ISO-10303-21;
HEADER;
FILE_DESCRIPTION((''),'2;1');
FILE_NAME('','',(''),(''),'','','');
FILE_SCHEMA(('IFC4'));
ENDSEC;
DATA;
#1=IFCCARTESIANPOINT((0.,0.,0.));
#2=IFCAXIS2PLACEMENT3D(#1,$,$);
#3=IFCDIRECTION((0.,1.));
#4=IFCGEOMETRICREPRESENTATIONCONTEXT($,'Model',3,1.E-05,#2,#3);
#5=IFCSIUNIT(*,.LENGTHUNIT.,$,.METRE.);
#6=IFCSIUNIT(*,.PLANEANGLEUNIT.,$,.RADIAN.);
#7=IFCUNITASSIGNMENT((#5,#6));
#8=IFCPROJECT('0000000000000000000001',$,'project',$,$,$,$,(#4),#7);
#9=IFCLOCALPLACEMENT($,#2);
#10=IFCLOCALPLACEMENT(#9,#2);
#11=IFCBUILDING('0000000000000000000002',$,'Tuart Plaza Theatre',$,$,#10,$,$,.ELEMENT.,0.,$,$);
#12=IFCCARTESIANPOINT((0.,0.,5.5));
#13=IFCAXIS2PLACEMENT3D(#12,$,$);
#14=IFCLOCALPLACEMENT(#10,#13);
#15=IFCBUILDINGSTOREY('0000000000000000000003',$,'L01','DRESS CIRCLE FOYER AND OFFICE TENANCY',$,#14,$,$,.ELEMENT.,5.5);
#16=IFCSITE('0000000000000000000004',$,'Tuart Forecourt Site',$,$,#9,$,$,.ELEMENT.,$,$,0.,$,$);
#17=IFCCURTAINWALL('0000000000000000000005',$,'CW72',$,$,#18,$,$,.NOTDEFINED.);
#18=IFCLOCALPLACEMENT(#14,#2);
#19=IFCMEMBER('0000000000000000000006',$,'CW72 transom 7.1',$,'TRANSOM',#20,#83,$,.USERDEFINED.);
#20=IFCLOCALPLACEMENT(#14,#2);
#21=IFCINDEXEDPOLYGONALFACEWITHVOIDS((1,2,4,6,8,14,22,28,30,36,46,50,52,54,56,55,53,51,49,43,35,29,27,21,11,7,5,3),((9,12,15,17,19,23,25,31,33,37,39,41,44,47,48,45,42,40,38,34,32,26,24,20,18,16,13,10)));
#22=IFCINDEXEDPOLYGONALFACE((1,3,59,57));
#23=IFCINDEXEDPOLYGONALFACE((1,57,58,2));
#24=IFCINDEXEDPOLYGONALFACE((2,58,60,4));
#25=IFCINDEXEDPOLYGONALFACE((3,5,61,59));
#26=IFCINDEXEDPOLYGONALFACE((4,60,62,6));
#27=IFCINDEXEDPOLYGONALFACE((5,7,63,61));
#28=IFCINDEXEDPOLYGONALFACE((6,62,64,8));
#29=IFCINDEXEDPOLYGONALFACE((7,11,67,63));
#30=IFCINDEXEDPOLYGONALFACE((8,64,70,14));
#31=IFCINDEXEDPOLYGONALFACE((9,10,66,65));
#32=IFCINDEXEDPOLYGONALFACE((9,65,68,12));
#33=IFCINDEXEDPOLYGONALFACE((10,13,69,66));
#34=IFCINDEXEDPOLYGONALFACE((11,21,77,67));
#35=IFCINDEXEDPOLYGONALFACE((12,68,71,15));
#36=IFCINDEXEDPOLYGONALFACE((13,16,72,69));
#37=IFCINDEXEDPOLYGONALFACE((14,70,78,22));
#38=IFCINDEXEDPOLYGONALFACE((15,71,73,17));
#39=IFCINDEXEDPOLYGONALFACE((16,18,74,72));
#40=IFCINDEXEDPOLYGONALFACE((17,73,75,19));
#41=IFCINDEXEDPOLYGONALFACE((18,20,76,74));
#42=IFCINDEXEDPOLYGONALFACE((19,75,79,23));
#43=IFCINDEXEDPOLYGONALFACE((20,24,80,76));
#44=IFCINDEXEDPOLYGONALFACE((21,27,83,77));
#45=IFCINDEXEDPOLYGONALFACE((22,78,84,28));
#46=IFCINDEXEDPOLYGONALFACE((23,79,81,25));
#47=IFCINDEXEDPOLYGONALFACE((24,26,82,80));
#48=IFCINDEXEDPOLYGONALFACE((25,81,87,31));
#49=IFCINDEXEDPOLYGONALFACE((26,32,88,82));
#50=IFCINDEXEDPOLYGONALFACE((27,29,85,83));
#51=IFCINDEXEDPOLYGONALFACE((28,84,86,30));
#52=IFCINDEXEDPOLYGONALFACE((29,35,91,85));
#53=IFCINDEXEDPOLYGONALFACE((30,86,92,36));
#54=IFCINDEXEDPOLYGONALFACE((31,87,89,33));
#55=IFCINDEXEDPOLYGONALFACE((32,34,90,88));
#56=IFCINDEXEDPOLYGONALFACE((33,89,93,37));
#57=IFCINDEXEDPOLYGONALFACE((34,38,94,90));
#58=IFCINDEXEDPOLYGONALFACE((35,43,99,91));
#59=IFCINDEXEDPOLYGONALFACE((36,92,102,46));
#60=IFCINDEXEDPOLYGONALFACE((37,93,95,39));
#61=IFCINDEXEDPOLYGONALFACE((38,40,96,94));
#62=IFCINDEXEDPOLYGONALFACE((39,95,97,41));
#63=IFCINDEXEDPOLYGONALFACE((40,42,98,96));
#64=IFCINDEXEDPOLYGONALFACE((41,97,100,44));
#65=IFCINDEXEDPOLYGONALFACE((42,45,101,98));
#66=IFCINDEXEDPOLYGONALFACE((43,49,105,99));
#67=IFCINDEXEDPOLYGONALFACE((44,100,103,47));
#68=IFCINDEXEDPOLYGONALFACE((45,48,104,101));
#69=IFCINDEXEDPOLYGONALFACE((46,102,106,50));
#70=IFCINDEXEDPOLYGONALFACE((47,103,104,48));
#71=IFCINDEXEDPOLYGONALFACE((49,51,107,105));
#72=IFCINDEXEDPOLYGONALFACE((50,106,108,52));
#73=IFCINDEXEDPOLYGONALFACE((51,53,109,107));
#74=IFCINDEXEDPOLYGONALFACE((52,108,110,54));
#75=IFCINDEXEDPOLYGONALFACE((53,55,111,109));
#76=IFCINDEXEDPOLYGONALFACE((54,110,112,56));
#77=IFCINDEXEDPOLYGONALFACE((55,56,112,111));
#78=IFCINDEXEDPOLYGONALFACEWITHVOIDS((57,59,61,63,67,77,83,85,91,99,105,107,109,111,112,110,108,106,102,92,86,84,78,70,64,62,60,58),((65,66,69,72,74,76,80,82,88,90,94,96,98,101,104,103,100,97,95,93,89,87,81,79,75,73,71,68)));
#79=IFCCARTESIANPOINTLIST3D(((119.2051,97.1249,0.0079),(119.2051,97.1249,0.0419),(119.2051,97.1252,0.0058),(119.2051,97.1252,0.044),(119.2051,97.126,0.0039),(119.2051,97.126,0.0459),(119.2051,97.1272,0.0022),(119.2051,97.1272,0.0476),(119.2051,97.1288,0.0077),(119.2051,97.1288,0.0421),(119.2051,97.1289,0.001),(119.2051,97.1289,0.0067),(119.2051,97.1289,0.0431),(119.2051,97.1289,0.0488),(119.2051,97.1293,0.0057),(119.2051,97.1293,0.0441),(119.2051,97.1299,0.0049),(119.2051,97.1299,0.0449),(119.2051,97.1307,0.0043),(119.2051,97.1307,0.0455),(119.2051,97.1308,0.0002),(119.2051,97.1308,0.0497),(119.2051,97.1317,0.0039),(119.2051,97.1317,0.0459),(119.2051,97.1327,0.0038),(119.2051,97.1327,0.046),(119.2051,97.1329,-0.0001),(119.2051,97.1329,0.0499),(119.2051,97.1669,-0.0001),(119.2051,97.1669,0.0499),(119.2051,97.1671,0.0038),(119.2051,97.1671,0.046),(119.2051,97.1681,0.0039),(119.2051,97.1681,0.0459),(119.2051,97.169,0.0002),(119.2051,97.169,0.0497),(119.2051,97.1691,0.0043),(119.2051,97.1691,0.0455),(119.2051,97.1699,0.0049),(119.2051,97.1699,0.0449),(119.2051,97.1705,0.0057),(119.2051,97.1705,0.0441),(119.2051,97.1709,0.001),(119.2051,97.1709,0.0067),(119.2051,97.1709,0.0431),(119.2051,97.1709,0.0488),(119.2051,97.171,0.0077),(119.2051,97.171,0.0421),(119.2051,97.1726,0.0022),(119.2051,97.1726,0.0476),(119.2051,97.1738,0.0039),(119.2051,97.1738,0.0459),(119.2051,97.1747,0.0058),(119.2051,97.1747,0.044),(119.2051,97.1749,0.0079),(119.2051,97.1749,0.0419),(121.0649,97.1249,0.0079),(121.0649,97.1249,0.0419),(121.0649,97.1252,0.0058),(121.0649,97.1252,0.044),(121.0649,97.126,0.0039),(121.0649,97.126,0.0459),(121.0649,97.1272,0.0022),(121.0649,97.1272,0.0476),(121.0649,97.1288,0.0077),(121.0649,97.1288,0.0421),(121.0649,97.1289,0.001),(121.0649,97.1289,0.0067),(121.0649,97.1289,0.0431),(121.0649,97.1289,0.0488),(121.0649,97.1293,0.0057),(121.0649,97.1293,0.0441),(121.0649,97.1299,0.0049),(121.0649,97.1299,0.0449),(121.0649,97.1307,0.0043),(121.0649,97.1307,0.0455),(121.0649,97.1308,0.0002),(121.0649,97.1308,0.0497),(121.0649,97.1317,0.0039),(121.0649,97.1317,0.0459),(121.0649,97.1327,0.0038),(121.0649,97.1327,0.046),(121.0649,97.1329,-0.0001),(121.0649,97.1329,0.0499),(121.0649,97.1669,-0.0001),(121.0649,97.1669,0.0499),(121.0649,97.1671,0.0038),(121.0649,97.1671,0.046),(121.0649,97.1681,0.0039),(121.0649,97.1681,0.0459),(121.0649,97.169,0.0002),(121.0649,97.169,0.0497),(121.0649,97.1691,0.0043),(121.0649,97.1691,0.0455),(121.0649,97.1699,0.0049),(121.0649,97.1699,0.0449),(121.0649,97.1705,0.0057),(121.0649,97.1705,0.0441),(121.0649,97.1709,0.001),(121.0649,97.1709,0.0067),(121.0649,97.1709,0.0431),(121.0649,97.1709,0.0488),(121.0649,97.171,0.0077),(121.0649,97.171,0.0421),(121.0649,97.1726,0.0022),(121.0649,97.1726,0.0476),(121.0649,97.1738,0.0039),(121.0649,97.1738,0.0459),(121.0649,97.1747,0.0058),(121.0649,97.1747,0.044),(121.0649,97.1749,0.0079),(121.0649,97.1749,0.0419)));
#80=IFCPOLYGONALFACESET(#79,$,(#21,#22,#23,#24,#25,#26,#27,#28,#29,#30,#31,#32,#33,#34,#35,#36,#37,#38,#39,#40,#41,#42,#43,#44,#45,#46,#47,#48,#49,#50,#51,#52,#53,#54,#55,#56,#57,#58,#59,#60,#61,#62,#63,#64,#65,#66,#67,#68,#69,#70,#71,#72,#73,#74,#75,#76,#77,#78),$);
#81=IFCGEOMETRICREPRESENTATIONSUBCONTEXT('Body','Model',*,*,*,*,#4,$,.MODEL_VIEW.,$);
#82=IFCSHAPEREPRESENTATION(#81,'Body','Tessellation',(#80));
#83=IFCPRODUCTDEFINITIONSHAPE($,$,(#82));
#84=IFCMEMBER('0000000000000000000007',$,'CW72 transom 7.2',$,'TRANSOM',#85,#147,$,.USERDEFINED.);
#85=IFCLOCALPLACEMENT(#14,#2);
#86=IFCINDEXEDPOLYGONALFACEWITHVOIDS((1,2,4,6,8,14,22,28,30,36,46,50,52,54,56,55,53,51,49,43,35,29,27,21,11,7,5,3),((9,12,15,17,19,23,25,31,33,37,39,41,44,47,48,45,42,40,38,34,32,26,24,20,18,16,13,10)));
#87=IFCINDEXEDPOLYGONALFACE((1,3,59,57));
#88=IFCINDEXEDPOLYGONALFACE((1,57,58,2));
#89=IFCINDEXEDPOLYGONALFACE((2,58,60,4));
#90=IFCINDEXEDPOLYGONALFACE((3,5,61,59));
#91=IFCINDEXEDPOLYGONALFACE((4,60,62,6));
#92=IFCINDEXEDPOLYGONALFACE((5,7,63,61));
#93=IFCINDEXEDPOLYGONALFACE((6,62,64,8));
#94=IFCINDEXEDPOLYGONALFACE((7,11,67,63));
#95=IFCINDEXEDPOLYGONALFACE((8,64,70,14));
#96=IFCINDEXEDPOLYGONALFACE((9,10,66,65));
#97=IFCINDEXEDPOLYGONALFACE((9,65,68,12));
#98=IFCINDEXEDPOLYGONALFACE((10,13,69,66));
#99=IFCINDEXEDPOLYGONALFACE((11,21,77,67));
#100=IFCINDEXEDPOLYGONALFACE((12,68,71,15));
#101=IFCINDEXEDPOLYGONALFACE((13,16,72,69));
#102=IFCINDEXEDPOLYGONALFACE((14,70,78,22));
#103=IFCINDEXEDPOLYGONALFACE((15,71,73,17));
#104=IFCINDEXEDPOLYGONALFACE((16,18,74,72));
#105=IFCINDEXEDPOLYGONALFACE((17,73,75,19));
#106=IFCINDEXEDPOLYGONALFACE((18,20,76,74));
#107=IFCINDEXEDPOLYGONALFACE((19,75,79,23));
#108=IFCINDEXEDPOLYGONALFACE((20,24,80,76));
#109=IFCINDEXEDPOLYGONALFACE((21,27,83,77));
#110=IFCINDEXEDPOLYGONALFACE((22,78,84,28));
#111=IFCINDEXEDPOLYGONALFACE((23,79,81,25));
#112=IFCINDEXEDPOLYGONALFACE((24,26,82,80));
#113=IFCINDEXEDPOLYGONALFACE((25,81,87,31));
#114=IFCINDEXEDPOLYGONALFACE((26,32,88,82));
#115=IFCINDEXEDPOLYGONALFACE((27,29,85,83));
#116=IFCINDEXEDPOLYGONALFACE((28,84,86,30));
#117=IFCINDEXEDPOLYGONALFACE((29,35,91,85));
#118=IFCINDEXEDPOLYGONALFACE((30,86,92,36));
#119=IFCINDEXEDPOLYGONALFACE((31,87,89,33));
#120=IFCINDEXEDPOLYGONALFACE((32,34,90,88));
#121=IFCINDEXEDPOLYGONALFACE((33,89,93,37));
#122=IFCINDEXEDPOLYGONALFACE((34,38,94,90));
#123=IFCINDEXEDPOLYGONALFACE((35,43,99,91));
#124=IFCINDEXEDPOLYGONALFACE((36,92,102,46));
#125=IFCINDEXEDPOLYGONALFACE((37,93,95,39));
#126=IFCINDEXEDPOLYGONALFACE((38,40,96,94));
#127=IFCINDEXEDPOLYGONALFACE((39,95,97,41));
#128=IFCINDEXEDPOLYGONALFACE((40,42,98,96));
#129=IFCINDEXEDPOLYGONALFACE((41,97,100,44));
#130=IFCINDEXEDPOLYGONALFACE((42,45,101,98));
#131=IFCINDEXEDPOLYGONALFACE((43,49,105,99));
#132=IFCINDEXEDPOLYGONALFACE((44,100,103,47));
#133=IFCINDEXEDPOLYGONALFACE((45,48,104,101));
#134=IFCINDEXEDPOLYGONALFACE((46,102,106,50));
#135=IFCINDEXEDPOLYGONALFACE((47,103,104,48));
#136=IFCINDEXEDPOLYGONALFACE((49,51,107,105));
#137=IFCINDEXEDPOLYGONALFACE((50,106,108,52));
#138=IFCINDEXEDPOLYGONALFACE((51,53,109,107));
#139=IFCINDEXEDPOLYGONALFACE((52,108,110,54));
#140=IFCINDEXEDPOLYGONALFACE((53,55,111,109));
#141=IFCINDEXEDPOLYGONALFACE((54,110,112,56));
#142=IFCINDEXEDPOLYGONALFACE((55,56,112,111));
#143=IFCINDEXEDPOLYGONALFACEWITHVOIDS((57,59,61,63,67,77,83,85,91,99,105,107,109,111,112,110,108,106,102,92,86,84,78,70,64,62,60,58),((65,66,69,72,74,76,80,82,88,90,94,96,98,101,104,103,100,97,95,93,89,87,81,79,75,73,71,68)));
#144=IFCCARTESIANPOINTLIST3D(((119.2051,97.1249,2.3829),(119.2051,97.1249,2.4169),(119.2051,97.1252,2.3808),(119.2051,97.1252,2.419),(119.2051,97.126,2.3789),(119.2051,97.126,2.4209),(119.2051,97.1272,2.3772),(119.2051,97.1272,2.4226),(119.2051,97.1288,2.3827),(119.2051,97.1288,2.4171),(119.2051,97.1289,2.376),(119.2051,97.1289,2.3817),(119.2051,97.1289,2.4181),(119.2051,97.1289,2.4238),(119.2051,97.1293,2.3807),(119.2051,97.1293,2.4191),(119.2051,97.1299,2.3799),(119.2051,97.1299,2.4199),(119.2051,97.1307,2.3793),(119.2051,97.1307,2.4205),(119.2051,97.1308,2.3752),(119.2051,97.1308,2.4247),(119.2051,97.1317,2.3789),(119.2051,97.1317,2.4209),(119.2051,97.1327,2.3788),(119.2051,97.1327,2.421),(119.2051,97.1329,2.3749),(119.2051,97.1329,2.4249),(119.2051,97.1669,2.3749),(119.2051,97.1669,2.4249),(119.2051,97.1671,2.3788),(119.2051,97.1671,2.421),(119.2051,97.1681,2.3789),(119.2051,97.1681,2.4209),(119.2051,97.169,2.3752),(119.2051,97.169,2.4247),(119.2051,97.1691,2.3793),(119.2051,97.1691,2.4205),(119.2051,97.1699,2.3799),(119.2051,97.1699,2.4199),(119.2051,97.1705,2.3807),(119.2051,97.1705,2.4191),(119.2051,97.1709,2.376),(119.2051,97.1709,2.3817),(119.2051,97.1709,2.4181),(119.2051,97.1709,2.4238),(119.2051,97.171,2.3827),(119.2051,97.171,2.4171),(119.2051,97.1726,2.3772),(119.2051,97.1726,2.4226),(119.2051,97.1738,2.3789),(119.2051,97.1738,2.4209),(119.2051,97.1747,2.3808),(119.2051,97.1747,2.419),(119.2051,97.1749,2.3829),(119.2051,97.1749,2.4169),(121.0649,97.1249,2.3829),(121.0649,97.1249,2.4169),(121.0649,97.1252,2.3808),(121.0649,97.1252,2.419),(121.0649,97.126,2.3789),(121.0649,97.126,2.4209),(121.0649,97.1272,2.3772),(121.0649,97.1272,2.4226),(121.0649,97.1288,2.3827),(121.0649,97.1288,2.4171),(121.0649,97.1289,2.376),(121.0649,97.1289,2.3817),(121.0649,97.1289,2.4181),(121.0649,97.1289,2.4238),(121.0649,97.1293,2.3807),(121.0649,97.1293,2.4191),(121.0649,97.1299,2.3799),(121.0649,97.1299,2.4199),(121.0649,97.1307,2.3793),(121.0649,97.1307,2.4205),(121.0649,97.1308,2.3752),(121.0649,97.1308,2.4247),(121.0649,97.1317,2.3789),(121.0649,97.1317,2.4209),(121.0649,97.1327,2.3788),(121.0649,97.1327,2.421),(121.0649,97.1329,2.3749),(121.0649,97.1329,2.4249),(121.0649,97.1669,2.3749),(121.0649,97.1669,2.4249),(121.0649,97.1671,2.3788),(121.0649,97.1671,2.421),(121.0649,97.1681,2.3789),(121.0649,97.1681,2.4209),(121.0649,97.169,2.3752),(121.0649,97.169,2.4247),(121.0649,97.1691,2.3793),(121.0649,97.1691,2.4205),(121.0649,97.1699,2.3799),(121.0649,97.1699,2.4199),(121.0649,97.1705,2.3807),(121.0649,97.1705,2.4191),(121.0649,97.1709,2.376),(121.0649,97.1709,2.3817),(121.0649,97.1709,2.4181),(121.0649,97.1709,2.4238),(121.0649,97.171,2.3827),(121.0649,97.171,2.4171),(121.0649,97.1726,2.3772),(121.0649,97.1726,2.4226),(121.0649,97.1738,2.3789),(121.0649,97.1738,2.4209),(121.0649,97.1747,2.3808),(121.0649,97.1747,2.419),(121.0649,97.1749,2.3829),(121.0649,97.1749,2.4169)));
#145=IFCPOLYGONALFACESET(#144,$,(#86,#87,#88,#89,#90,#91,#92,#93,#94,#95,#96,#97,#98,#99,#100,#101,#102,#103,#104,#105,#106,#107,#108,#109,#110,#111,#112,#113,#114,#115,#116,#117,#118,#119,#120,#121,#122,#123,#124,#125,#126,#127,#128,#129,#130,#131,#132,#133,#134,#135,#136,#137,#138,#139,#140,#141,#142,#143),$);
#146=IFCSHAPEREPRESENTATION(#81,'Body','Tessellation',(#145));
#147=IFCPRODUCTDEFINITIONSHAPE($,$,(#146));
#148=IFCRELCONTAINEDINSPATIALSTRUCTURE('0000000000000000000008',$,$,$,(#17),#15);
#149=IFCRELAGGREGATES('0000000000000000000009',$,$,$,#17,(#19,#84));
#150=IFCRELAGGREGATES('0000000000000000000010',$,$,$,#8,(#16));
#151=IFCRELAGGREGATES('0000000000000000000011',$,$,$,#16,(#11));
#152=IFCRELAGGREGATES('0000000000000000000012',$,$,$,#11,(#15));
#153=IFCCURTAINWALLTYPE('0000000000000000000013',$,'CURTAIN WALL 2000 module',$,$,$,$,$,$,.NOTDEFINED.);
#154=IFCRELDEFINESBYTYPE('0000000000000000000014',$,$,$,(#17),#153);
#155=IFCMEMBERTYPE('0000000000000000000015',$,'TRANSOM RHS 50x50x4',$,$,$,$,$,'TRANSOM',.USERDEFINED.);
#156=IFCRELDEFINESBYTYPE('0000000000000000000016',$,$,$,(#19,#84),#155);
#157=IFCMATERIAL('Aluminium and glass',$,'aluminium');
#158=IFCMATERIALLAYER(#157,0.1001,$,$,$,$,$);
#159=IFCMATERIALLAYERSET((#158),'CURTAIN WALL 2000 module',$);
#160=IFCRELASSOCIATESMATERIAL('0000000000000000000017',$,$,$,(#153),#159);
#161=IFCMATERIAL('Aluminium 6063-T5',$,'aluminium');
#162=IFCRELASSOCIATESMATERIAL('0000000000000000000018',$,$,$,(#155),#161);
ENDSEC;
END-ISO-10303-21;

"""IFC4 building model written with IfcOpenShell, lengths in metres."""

from ifc_helpers import new_model, si_unit, direction, frame, origin, origin_2d, place, context, subcontext, project, spatial, hollow_rectangle, extrude, material, layer, layer_set, material_profile, profile_set, type_object, element, aggregate, save


model = new_model("IFC4")

# Units and contexts
model_context = context("Model", 3, precision=1e-05, world=origin(), true_north=direction((0.0, 1.0)))
body_context = subcontext(model_context, "Body", "Model", "MODEL_VIEW")
ifc_project = project(units=[si_unit("LENGTHUNIT", "METRE"), si_unit("PLANEANGLEUNIT", "RADIAN")], contexts=[model_context])

# Site, building, storey
site_placement = place(None, origin())
site = spatial("IfcSite", under=ifc_project, at=site_placement, Name="Tuart Forecourt Site", CompositionType="ELEMENT", RefElevation=0.0)
building_placement = place(site_placement, origin())
building = spatial("IfcBuilding", under=site, at=building_placement, Name="Tuart Plaza Theatre", CompositionType="ELEMENT", ElevationOfRefHeight=0.0)
storey_placement = place(building_placement, frame((0.0, 0.0, 5.5)))
storey = spatial("IfcBuildingStorey", under=building, at=storey_placement, Name="L01", Description="DRESS CIRCLE FOYER AND OFFICE TENANCY", CompositionType="ELEMENT", Elevation=5.5)

# Curtain wall, members
ifc_material_1 = material(Name="Aluminium and glass", Category="aluminium")
ifc_layer_1 = layer(ifc_material_1, 0.1001)
ifc_layer_set_1 = layer_set([ifc_layer_1], Name="CURTAIN WALL 2000 module")
curtain_wall_type = type_object("IfcCurtainWallType", Name="CURTAIN WALL 2000 module", PredefinedType="NOTDEFINED", material=ifc_layer_set_1)
curtain_wall_placement = place(storey_placement, origin())
curtain_wall = element("IfcCurtainWall", 1, at=curtain_wall_placement, inside=storey, type_object=curtain_wall_type, Name="CW72", PredefinedType="NOTDEFINED")
ifc_material_2 = material(Name="Aluminium 6063-T5", Category="aluminium")
ifc_material_profile_1 = material_profile(ifc_material_2, hollow_rectangle(XDim=0.05, YDim=0.05, WallThickness=0.0039, InnerFilletRadius=0.0039, OuterFilletRadius=0.0081, at=origin_2d()), Name="RHS 50x50x4")
ifc_profile_set_1 = profile_set([ifc_material_profile_1], Name="Aluminium 6063-T5")
member_type_1 = type_object("IfcMemberType", Name="TRANSOM RHS 50x50x4", ElementType="TRANSOM", PredefinedType="USERDEFINED", material=ifc_profile_set_1)
member_1_placement = place(storey_placement, frame((121.0649, 97.1499, 0.0249), z_axis=(-1.0, 0.0, 0.0), x_axis=(0.0, -1.0, 0.0)))
member_1 = element("IfcMember", 2, at=member_1_placement, type_object=member_type_1, Name="CW72 transom 7.1", ObjectType="TRANSOM", PredefinedType="USERDEFINED", context=body_context, shape_type="SweptSolid", body=[
    extrude(hollow_rectangle(XDim=0.05, YDim=0.05, WallThickness=0.0039, InnerFilletRadius=0.0039, OuterFilletRadius=0.0081, at=origin_2d()), origin(), (0.0, 0.0, 1.0), 1.8599),
])
member_2_placement = place(storey_placement, frame((121.0649, 97.1499, 2.3999), z_axis=(-1.0, 0.0, 0.0), x_axis=(0.0, -1.0, 0.0)))
member_2 = element("IfcMember", 3, at=member_2_placement, type_object=member_type_1, Name="CW72 transom 7.2", ObjectType="TRANSOM", PredefinedType="USERDEFINED", context=body_context, shape_type="SweptSolid", body=[
    extrude(hollow_rectangle(XDim=0.05, YDim=0.05, WallThickness=0.0039, InnerFilletRadius=0.0039, OuterFilletRadius=0.0081, at=origin_2d()), origin(), (0.0, 0.0, 1.0), 1.8599),
])
aggregate(curtain_wall, [member_1, member_2])

save(model, "model.ifc")
